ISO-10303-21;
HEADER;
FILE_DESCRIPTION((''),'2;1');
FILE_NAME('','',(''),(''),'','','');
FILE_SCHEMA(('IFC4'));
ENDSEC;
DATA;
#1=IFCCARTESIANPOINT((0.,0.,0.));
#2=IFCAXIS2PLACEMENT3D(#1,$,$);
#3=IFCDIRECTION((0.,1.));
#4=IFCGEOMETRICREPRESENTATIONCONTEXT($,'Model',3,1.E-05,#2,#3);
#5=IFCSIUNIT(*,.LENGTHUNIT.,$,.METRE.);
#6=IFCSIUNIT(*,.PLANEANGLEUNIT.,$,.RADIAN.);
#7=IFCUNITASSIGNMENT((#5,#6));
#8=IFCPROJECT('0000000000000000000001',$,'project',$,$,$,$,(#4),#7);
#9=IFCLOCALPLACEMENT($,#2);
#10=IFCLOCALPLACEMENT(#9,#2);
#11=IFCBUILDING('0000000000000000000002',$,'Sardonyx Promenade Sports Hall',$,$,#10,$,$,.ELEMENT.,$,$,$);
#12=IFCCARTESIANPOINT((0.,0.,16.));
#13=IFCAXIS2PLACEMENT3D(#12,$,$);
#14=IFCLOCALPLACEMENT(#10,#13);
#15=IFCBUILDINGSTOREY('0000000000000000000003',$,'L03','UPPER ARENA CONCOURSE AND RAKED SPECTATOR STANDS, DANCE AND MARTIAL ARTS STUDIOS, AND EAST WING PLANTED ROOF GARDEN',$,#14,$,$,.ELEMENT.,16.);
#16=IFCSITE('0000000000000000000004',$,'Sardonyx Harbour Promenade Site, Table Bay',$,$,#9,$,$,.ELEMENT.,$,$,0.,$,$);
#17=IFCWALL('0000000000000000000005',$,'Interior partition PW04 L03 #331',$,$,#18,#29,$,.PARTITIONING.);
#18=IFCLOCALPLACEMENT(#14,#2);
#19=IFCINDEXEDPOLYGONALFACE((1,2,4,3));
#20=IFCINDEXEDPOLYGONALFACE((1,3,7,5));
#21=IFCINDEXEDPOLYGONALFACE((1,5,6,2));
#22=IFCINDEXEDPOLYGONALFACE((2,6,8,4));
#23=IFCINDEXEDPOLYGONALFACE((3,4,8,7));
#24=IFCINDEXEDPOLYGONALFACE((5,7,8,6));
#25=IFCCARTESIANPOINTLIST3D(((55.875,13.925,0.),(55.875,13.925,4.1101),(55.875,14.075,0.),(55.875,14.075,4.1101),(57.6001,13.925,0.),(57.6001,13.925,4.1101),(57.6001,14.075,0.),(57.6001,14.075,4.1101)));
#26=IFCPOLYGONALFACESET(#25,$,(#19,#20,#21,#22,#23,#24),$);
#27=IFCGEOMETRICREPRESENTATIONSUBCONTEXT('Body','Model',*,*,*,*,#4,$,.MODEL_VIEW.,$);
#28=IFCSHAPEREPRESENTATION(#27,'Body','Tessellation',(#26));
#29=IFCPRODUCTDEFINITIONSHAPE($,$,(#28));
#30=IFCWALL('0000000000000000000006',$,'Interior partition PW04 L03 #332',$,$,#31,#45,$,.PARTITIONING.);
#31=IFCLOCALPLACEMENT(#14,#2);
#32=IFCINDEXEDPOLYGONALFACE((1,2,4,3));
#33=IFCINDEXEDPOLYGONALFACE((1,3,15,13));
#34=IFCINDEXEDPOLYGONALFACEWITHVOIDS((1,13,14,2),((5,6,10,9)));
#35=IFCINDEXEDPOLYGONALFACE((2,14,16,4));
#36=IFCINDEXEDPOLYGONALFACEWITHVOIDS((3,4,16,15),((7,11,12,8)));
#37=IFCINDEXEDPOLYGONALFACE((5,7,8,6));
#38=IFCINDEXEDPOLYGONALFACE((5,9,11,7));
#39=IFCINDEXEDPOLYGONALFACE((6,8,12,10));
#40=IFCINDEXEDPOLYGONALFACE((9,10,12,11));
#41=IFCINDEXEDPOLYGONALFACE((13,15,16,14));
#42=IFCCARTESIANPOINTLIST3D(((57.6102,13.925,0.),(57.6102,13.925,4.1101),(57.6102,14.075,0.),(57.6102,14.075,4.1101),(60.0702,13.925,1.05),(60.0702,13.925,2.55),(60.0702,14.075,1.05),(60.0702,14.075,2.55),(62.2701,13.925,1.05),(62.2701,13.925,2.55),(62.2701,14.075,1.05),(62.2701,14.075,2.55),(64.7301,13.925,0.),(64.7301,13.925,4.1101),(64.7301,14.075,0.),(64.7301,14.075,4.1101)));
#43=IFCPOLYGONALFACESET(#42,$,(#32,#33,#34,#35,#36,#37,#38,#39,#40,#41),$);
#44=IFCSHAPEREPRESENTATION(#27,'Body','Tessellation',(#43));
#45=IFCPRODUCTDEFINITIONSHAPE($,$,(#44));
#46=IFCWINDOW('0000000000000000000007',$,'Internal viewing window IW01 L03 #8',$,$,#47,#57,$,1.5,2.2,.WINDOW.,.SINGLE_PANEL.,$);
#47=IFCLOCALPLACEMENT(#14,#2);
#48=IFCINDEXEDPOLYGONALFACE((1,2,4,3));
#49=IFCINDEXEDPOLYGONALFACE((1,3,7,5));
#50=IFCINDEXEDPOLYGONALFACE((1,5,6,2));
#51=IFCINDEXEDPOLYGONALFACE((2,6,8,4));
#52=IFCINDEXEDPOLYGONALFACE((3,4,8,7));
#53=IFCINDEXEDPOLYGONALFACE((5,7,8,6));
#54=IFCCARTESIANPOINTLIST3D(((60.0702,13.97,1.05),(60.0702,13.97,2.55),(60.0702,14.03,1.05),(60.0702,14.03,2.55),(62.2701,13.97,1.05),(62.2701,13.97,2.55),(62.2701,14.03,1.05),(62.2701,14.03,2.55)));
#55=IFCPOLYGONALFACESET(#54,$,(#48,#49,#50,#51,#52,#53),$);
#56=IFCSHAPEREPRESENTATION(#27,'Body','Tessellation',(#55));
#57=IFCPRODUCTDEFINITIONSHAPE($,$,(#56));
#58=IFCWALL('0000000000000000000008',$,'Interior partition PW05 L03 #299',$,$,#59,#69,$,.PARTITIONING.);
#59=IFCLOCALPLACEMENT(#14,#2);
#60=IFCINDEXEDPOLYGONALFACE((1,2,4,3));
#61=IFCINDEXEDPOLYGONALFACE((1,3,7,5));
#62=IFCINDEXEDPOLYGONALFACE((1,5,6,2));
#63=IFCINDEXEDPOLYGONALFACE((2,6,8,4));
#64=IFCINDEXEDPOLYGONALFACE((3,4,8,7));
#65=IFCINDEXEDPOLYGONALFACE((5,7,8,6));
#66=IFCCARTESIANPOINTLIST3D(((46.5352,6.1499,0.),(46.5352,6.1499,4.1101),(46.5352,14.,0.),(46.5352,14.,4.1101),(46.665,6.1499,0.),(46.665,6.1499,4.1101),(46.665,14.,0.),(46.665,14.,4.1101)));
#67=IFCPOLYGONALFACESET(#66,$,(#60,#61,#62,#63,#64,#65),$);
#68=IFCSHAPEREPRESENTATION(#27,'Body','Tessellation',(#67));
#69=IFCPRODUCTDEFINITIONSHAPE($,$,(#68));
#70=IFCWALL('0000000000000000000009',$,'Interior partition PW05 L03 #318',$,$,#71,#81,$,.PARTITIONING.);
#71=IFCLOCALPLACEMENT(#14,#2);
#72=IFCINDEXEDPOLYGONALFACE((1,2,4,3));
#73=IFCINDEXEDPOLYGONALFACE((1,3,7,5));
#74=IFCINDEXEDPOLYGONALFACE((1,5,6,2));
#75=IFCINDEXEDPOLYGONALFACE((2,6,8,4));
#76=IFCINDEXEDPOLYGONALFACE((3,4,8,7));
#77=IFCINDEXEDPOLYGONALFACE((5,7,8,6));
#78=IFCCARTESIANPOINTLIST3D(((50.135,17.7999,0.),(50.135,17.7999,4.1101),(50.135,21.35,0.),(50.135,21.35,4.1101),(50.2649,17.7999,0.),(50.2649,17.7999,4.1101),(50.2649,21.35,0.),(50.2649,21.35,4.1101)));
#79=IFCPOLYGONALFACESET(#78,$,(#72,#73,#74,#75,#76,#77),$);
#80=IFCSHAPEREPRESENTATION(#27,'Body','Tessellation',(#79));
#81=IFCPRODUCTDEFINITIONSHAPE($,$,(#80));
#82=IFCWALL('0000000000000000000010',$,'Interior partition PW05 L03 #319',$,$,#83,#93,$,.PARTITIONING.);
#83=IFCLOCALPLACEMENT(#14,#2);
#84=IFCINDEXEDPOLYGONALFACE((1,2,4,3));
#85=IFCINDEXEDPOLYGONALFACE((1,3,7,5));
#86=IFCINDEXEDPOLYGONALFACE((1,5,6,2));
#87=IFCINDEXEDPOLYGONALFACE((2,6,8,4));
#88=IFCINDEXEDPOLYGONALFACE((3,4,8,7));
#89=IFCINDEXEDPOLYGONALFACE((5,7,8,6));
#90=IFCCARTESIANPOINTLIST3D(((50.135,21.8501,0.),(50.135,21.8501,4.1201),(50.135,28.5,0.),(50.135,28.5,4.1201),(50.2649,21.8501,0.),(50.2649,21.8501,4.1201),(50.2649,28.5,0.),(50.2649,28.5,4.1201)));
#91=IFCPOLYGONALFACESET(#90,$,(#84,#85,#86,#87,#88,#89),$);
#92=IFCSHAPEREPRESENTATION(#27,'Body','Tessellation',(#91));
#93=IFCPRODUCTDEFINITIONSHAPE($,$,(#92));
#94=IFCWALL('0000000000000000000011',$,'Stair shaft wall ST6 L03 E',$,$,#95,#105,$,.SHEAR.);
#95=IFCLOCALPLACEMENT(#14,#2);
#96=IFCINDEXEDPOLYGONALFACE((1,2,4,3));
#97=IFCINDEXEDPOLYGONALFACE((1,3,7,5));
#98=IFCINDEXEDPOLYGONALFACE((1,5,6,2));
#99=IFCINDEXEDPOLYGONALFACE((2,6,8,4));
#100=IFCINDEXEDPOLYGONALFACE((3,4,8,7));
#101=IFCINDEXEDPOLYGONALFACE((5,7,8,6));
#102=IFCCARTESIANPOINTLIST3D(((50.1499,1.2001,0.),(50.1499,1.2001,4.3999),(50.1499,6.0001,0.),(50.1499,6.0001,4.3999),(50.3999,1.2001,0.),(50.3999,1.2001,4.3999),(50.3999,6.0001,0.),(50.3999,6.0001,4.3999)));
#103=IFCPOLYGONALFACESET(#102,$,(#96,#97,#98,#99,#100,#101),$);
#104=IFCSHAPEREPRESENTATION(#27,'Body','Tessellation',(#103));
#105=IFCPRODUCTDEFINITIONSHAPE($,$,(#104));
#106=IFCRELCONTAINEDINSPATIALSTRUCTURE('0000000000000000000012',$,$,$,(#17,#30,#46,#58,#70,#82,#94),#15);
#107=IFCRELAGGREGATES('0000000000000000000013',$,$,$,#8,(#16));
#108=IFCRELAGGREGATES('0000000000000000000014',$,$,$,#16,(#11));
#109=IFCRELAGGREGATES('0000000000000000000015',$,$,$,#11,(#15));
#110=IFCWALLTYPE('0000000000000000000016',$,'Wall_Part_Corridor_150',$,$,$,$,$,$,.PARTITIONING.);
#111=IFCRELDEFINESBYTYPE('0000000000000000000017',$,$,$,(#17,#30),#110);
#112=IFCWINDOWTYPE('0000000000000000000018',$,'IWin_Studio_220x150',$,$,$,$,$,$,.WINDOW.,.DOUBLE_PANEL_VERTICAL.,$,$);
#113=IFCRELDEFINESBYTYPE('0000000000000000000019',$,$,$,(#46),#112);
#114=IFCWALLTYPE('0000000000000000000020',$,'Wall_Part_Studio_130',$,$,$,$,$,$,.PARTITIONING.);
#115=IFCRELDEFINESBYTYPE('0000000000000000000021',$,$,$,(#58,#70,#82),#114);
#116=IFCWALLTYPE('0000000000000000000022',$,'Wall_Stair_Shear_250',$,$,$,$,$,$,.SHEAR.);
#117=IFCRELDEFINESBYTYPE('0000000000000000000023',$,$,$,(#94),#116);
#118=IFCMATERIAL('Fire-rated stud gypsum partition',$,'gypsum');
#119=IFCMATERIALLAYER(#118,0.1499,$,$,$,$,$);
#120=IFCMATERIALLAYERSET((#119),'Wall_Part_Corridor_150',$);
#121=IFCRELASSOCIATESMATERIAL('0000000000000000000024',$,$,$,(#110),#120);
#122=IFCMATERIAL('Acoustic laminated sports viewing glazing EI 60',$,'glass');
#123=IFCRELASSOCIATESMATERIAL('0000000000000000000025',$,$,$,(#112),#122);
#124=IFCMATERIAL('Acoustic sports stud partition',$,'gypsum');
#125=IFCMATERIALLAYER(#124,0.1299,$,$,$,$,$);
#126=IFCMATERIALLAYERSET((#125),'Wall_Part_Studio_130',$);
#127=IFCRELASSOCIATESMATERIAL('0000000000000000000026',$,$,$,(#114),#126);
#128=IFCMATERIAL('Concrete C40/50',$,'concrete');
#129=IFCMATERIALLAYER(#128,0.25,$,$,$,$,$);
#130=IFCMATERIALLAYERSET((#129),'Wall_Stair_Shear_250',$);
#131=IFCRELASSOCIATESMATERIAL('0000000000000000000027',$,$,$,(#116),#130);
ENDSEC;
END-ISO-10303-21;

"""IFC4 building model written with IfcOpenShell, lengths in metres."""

from ifc_helpers import new_model, si_unit, direction, frame, frame_2d, origin, place, context, subcontext, project, spatial, rectangle, extrude, material, layer, layer_set, type_object, element, fill, save


model = new_model("IFC4")

# Units and contexts
model_context = context("Model", 3, precision=1e-05, world=origin(), true_north=direction((0.0, 1.0)))
body_context = subcontext(model_context, "Body", "Model", "MODEL_VIEW")
ifc_project = project(units=[si_unit("LENGTHUNIT", "METRE"), si_unit("PLANEANGLEUNIT", "RADIAN")], contexts=[model_context])

# Site, building, storey
site_placement = place(None, origin())
site = spatial("IfcSite", under=ifc_project, at=site_placement, Name="Sardonyx Harbour Promenade Site, Table Bay", CompositionType="ELEMENT", RefElevation=0.0)
building_placement = place(site_placement, origin())
building = spatial("IfcBuilding", under=site, at=building_placement, Name="Sardonyx Promenade Sports Hall", CompositionType="ELEMENT")
storey_placement = place(building_placement, frame((0.0, 0.0, 16.0)))
storey = spatial("IfcBuildingStorey", under=building, at=storey_placement, Name="L03", Description="UPPER ARENA CONCOURSE AND RAKED SPECTATOR STANDS, DANCE AND MARTIAL ARTS STUDIOS, AND EAST WING PLANTED ROOF GARDEN", CompositionType="ELEMENT", Elevation=16.0)

# Shared definitions
ifc_material_1 = material(Name="Fire-rated stud gypsum partition", Category="gypsum")
ifc_layer_1 = layer(ifc_material_1, 0.1499)
ifc_layer_set_1 = layer_set([ifc_layer_1], Name="Wall_Part_Corridor_150")
wall_type_1 = type_object("IfcWallType", Name="Wall_Part_Corridor_150", PredefinedType="PARTITIONING", material=ifc_layer_set_1)

# Wall
wall_1_placement = place(storey_placement, frame((55.875, 14.0, 0.0), z_axis=(0.0, 0.0, 1.0), x_axis=(1.0, 0.0, 0.0)))
element("IfcWall", 1, at=wall_1_placement, inside=storey, type_object=wall_type_1, Name="Interior partition PW04 L03 #331", PredefinedType="PARTITIONING", context=body_context, shape_type="SweptSolid", body=[
    extrude(rectangle(XDim=1.7251, YDim=0.1499, at=frame_2d((0.8625, 0.0))), origin(), (0.0, 0.0, 1.0), 4.1101),
])

# Wall, opening, window
wall_2_placement = place(storey_placement, frame((57.6101, 14.0, 0.0), z_axis=(0.0, 0.0, 1.0), x_axis=(1.0, 0.0, 0.0)))
wall_2 = element("IfcWall", 2, at=wall_2_placement, inside=storey, type_object=wall_type_1, Name="Interior partition PW04 L03 #332", PredefinedType="PARTITIONING", context=body_context, shape_type="SweptSolid", body=[
    extrude(rectangle(XDim=7.1199, YDim=0.1499, at=frame_2d((3.5601, 0.0))), origin(), (0.0, 0.0, 1.0), 4.1101),
])
opening_1_placement = place(wall_2_placement, frame((2.46, 0.0, 1.05)))
opening_1 = element("IfcOpeningElement", 3, at=opening_1_placement, cuts=wall_2, PredefinedType="OPENING", context=body_context, shape_type="SweptSolid", body=[
    extrude(rectangle(XDim=2.2, YDim=1.5, at=frame_2d((1.1001, 0.75))), frame((0.0, 0.085, 0.0), z_axis=(0.0, -1.0, 0.0), x_axis=(1.0, 0.0, 0.0)), (0.0, 0.0, 1.0), 0.17),
])
ifc_material_2 = material(Name="Acoustic laminated sports viewing glazing EI 60", Category="glass")
window_type = type_object("IfcWindowType", Name="IWin_Studio_220x150", PartitioningType="DOUBLE_PANEL_VERTICAL", PredefinedType="WINDOW", material=ifc_material_2)
window_placement = place(opening_1_placement, origin())
window = element("IfcWindow", 4, at=window_placement, inside=storey, type_object=window_type, Name="Internal viewing window IW01 L03 #8", OverallHeight=1.5, OverallWidth=2.2, PartitioningType="SINGLE_PANEL", PredefinedType="WINDOW", context=body_context, shape_type="SweptSolid", body=[
    extrude(rectangle(XDim=2.2, YDim=1.5, at=frame_2d((1.1001, 0.75))), frame((0.0, 0.03, 0.0), z_axis=(0.0, -1.0, 0.0), x_axis=(1.0, 0.0, 0.0)), (0.0, 0.0, 1.0), 0.0601),
])
fill(opening_1, window)

# Walls
ifc_material_3 = material(Name="Acoustic sports stud partition", Category="gypsum")
ifc_layer_2 = layer(ifc_material_3, 0.1299)
ifc_layer_set_2 = layer_set([ifc_layer_2], Name="Wall_Part_Studio_130")
wall_type_2 = type_object("IfcWallType", Name="Wall_Part_Studio_130", PredefinedType="PARTITIONING", material=ifc_layer_set_2)
wall_3_placement = place(storey_placement, frame((46.6001, 6.1499, 0.0), z_axis=(0.0, 0.0, 1.0), x_axis=(0.0, 1.0, 0.0)))
element("IfcWall", 5, at=wall_3_placement, inside=storey, type_object=wall_type_2, Name="Interior partition PW05 L03 #299", PredefinedType="PARTITIONING", context=body_context, shape_type="SweptSolid", body=[
    extrude(rectangle(XDim=7.8501, YDim=0.1299, at=frame_2d((3.925, 0.0))), origin(), (0.0, 0.0, 1.0), 4.1101),
])
wall_4_placement = place(storey_placement, frame((50.2, 17.8, 0.0), z_axis=(0.0, 0.0, 1.0), x_axis=(0.0, 1.0, 0.0)))
element("IfcWall", 6, at=wall_4_placement, inside=storey, type_object=wall_type_2, Name="Interior partition PW05 L03 #318", PredefinedType="PARTITIONING", context=body_context, shape_type="SweptSolid", body=[
    extrude(rectangle(XDim=3.55, YDim=0.1299, at=frame_2d((1.7749, 0.0))), origin(), (0.0, 0.0, 1.0), 4.1101),
])
wall_5_placement = place(storey_placement, frame((50.2, 21.8501, 0.0), z_axis=(0.0, 0.0, 1.0), x_axis=(0.0, 1.0, 0.0)))
element("IfcWall", 7, at=wall_5_placement, inside=storey, type_object=wall_type_2, Name="Interior partition PW05 L03 #319", PredefinedType="PARTITIONING", context=body_context, shape_type="SweptSolid", body=[
    extrude(rectangle(XDim=6.6499, YDim=0.1299, at=frame_2d((3.325, 0.0))), origin(), (0.0, 0.0, 1.0), 4.1201),
])
ifc_material_4 = material(Name="Concrete C40/50", Category="concrete")
ifc_layer_3 = layer(ifc_material_4, 0.25)
ifc_layer_set_3 = layer_set([ifc_layer_3], Name="Wall_Stair_Shear_250")
wall_type_3 = type_object("IfcWallType", Name="Wall_Stair_Shear_250", PredefinedType="SHEAR", material=ifc_layer_set_3)
wall_6_placement = place(storey_placement, frame((50.2749, 6.0, 0.0), z_axis=(0.0, 0.0, 1.0), x_axis=(0.0, -1.0, 0.0)))
element("IfcWall", 8, at=wall_6_placement, inside=storey, type_object=wall_type_3, Name="Stair shaft wall ST6 L03 E", PredefinedType="SHEAR", context=body_context, shape_type="SweptSolid", body=[
    extrude(rectangle(XDim=4.8, YDim=0.25, at=frame_2d((2.3999, 0.0))), origin(), (0.0, 0.0, 1.0), 4.3999),
])

save(model, "model.ifc")
